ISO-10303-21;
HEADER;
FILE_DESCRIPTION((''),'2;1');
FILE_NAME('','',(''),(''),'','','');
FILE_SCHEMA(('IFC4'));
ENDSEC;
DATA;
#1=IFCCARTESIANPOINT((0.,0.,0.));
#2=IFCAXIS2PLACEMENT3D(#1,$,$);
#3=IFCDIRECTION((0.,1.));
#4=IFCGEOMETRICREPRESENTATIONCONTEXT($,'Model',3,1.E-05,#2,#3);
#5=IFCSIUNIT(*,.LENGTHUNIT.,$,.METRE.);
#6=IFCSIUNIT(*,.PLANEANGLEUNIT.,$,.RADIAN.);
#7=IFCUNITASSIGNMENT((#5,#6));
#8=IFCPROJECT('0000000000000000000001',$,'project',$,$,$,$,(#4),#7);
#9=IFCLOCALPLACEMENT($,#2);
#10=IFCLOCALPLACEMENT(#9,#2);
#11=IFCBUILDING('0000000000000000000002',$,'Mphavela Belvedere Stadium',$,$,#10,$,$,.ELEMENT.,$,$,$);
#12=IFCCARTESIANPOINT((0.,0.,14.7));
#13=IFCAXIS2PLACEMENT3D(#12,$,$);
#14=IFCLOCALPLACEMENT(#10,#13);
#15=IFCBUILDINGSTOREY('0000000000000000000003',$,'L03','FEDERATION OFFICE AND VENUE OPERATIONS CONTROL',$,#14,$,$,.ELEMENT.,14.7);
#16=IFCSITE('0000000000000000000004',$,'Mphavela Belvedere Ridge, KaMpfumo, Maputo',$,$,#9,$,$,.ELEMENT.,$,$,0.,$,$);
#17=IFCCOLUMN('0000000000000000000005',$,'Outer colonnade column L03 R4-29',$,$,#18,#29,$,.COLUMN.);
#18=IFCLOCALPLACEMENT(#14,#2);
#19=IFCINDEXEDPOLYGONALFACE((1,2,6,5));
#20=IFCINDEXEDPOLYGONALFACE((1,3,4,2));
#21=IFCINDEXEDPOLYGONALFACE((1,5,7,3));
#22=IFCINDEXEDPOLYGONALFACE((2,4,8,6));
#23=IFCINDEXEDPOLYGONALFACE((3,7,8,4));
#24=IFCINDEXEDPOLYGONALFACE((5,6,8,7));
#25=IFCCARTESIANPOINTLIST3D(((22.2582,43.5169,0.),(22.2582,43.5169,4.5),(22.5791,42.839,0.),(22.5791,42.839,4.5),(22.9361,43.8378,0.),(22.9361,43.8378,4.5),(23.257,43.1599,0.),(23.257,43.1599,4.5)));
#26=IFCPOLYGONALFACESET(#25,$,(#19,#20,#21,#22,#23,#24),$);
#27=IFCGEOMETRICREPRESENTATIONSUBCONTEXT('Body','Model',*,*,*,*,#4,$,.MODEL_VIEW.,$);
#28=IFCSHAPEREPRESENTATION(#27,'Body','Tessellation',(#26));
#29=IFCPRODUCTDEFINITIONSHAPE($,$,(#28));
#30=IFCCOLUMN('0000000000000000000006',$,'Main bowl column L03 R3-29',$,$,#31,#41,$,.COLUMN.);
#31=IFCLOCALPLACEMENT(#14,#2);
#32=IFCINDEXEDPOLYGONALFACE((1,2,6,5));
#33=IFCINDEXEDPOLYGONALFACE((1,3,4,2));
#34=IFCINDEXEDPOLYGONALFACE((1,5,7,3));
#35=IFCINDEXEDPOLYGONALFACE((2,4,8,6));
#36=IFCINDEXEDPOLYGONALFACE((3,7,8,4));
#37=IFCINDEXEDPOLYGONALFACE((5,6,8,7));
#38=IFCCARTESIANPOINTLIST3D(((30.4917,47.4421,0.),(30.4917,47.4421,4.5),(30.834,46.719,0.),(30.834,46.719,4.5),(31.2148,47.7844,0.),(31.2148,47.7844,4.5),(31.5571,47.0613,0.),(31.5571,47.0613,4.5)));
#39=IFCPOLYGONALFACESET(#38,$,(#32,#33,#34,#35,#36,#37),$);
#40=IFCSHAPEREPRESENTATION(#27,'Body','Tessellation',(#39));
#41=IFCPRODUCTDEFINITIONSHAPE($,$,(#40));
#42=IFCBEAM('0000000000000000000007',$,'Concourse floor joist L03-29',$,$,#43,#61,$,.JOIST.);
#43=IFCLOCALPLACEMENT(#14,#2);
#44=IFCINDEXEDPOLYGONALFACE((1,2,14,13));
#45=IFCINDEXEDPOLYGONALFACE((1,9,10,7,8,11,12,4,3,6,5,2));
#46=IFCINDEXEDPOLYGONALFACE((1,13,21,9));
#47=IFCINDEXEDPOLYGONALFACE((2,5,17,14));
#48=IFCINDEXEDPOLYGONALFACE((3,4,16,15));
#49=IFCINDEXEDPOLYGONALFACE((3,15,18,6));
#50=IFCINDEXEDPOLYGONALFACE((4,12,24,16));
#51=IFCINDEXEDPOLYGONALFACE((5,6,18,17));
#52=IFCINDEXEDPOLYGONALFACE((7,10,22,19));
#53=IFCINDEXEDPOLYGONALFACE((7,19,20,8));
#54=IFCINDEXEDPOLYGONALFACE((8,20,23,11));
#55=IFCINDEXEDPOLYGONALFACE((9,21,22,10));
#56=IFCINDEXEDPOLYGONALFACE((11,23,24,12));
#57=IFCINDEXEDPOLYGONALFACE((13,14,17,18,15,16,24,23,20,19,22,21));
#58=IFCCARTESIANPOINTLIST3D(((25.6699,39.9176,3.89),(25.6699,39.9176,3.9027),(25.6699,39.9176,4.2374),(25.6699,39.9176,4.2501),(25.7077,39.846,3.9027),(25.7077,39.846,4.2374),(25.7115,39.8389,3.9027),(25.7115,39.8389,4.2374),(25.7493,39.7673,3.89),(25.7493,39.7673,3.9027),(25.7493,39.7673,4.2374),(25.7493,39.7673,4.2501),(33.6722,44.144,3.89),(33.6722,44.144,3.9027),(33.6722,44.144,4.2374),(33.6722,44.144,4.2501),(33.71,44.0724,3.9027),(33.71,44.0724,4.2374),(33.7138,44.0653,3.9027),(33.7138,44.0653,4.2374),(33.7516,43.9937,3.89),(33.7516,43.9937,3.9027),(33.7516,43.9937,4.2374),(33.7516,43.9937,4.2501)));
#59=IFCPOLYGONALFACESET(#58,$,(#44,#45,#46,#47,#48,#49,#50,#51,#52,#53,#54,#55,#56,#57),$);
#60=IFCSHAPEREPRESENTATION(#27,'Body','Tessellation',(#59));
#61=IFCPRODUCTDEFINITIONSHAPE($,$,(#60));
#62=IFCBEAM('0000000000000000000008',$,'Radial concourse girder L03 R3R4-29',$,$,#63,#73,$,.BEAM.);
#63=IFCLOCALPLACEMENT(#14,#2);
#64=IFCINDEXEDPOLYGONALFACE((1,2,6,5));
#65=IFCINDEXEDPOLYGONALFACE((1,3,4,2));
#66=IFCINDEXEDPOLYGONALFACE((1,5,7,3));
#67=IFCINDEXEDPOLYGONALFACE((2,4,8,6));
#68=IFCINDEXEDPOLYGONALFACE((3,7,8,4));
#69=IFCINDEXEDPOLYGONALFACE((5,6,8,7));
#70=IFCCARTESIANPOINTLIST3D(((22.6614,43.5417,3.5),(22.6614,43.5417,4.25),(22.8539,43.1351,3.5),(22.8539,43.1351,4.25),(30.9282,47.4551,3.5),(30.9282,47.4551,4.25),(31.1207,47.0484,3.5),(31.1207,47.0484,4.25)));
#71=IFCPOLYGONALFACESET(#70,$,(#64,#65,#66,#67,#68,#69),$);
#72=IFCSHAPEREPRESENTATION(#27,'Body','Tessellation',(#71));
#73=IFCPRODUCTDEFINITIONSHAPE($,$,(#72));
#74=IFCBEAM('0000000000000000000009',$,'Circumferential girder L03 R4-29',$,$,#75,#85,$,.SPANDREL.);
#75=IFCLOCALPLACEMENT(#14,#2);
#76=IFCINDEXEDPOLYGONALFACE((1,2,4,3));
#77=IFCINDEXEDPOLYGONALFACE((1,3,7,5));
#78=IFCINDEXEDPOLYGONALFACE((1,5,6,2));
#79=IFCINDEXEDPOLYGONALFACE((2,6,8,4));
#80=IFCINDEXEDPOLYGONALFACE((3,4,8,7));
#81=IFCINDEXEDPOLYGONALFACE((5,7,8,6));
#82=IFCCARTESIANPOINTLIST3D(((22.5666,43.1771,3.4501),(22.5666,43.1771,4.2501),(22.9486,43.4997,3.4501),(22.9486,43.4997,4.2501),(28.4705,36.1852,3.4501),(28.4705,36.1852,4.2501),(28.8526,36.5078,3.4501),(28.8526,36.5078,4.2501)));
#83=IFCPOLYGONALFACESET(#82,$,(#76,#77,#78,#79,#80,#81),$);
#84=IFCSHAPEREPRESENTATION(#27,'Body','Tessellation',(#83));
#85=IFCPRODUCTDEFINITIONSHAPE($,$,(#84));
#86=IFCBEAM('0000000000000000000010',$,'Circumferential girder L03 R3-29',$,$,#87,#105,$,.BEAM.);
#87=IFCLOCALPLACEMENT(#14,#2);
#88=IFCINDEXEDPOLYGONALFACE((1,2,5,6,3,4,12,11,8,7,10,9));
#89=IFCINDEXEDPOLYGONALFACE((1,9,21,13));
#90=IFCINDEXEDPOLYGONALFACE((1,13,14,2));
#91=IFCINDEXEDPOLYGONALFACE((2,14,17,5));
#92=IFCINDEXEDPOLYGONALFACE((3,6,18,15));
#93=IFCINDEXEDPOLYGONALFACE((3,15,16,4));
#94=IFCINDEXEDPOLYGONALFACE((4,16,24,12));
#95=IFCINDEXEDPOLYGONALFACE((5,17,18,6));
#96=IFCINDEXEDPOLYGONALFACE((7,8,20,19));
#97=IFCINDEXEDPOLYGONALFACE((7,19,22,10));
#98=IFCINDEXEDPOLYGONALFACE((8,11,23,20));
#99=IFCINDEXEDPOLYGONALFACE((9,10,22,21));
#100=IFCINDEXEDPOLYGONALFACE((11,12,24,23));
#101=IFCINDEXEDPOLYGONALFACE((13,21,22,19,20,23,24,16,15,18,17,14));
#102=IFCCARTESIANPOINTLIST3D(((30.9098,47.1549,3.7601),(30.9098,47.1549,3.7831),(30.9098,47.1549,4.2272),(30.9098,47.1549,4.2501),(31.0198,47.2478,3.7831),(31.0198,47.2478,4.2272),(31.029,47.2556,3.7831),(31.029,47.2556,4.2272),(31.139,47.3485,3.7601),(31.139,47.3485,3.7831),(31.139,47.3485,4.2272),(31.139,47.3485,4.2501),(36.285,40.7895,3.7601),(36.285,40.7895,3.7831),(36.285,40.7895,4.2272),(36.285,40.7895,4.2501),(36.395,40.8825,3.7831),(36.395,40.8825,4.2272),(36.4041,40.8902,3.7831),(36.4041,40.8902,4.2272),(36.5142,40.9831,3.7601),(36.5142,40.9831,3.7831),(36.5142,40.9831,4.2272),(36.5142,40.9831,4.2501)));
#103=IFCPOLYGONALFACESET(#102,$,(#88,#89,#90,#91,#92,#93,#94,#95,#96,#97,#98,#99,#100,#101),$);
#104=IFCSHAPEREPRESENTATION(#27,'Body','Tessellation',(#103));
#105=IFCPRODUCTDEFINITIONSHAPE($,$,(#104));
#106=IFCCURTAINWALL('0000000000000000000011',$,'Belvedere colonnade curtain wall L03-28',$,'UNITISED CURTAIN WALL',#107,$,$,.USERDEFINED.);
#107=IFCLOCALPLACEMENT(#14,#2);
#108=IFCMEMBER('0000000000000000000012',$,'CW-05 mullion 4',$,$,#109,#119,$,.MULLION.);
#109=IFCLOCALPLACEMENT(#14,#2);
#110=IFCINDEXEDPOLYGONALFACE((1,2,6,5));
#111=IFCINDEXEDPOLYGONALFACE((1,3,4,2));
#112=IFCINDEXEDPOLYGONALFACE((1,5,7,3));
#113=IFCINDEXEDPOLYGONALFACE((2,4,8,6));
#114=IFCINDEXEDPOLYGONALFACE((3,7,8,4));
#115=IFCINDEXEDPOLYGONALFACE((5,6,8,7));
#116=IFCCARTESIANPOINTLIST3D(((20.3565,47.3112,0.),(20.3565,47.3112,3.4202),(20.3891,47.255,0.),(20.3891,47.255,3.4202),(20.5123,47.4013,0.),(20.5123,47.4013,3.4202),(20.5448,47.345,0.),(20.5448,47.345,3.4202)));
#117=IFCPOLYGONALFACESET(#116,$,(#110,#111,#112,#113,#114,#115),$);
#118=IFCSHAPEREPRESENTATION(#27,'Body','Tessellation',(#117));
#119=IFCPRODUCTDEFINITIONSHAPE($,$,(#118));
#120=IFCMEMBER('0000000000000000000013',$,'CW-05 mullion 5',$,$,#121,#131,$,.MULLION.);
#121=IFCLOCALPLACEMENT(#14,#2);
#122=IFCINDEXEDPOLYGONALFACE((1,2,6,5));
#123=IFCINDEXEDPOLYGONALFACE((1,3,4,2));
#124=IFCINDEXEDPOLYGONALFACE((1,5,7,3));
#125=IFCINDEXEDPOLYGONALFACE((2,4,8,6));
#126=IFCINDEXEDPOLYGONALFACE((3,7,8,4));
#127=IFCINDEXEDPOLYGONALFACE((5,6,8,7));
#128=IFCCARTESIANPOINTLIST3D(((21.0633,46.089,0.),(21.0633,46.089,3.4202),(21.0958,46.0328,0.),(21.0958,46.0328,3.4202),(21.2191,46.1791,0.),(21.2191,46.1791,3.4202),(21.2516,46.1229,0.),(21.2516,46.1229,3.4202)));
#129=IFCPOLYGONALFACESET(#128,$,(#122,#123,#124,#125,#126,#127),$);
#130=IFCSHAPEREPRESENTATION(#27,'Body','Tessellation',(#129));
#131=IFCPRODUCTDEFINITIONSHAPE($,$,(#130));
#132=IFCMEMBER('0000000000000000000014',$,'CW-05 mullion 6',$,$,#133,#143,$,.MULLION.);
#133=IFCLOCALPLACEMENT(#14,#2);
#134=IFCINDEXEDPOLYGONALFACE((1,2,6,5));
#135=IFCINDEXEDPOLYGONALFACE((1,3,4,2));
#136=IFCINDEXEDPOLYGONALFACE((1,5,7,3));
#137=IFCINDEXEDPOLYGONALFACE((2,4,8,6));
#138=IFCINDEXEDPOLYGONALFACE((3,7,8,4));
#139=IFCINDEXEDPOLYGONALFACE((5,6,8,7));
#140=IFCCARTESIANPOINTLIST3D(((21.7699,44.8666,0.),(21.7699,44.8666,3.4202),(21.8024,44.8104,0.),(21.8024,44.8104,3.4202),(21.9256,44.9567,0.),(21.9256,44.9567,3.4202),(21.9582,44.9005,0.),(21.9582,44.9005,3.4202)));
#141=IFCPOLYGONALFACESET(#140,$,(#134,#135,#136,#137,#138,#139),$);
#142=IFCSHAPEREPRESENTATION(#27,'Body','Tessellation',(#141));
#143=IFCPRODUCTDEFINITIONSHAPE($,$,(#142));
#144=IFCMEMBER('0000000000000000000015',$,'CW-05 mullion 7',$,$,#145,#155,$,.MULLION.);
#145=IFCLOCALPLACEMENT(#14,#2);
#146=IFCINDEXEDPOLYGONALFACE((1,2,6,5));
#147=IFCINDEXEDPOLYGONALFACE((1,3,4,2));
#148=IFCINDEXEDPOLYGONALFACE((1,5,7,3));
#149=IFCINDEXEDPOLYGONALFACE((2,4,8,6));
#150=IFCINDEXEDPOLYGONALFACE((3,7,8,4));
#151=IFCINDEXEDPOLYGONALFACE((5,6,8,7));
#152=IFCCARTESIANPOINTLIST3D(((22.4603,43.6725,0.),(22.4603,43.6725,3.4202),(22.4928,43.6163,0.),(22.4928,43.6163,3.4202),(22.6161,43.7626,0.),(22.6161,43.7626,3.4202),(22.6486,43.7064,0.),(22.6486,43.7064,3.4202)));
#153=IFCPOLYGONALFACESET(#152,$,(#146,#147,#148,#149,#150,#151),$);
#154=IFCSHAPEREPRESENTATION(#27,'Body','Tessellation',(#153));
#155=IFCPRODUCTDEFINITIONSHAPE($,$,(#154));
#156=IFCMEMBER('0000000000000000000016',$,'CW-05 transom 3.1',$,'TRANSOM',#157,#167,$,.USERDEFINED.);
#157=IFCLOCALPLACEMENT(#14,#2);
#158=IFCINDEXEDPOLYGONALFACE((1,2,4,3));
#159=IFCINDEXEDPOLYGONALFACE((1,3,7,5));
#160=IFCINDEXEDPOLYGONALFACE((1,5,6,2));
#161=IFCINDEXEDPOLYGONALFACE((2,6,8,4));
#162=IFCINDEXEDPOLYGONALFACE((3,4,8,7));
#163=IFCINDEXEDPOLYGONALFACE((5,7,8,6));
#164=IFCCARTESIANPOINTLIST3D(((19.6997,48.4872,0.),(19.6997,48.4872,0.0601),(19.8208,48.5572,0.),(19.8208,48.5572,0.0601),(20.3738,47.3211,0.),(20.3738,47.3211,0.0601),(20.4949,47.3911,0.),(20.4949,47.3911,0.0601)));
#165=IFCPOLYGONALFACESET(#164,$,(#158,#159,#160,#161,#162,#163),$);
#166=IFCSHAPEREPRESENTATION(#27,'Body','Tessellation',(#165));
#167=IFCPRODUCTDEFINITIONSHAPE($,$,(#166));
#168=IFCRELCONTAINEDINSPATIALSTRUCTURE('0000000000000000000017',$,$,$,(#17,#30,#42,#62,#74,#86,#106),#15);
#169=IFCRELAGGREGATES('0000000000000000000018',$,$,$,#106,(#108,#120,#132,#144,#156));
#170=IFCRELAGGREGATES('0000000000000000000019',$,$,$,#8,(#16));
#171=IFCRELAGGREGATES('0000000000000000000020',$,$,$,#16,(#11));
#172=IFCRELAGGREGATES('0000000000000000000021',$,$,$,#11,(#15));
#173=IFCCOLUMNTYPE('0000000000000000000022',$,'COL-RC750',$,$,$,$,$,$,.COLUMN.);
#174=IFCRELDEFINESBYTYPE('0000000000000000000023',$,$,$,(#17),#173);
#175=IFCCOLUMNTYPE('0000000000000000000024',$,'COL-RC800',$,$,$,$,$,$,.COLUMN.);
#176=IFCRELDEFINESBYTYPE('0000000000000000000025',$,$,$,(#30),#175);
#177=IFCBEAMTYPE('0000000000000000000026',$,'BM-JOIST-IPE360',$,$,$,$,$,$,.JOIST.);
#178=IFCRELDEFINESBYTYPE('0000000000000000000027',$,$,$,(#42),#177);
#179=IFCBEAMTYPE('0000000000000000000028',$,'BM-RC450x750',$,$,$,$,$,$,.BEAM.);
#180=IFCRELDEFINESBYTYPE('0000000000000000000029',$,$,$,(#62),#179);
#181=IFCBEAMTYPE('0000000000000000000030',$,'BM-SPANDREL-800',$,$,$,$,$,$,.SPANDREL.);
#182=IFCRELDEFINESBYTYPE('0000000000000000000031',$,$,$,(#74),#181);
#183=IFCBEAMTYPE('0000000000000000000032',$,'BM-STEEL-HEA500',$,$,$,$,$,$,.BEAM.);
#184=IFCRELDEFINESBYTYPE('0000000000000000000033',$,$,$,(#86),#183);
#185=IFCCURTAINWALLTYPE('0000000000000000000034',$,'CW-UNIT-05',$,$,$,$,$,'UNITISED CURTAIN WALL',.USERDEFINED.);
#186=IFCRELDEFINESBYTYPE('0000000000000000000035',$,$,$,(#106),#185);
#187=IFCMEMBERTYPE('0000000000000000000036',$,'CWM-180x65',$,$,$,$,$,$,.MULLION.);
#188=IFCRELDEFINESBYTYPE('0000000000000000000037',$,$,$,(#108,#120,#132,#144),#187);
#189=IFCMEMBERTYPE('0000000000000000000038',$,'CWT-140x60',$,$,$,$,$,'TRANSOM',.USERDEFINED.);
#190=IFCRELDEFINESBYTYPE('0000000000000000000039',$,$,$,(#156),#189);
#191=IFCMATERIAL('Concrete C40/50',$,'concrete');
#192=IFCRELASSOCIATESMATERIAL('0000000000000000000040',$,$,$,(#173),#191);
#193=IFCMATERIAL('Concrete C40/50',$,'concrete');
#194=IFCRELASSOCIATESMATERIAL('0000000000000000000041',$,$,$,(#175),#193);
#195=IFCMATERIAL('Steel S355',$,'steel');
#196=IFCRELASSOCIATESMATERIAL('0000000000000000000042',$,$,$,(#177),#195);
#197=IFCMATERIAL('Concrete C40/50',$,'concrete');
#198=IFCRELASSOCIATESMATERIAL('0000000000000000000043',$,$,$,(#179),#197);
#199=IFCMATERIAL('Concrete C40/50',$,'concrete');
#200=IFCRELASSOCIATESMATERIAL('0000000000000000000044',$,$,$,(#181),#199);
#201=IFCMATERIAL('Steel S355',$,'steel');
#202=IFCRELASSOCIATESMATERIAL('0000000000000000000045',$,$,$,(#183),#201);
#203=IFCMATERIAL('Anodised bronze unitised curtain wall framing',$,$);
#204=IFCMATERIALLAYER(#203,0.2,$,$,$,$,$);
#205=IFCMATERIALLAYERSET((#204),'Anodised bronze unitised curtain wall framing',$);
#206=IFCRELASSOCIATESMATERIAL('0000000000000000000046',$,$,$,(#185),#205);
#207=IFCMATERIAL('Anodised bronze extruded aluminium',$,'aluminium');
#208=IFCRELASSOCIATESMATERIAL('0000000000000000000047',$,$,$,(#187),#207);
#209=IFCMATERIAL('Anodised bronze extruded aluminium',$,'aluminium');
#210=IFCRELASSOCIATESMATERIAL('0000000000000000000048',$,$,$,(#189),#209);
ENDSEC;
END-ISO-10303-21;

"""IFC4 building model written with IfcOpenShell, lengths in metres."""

from ifc_helpers import new_model, si_unit, direction, frame, origin, origin_2d, place, context, subcontext, project, spatial, rectangle, i_section, extrude, material, layer, layer_set, material_profile, profile_set, type_object, element, aggregate, save


model = new_model("IFC4")

# Units and contexts
model_context = context("Model", 3, precision=1e-05, world=origin(), true_north=direction((0.0, 1.0)))
body_context = subcontext(model_context, "Body", "Model", "MODEL_VIEW")
ifc_project = project(units=[si_unit("LENGTHUNIT", "METRE"), si_unit("PLANEANGLEUNIT", "RADIAN")], contexts=[model_context])

# Site, building, storey
site_placement = place(None, origin())
site = spatial("IfcSite", under=ifc_project, at=site_placement, Name="Mphavela Belvedere Ridge, KaMpfumo, Maputo", CompositionType="ELEMENT", RefElevation=0.0)
building_placement = place(site_placement, origin())
building = spatial("IfcBuilding", under=site, at=building_placement, Name="Mphavela Belvedere Stadium", CompositionType="ELEMENT")
storey_placement = place(building_placement, frame((0.0, 0.0, 14.7)))
storey = spatial("IfcBuildingStorey", under=building, at=storey_placement, Name="L03", Description="FEDERATION OFFICE AND VENUE OPERATIONS CONTROL", CompositionType="ELEMENT", Elevation=14.7)

# Columns
ifc_material_1 = material(Name="Concrete C40/50", Category="concrete")
ifc_material_profile_1 = material_profile(ifc_material_1, rectangle(XDim=0.75, YDim=0.75, at=origin_2d()), Name="RC 750x750")
ifc_profile_set_1 = profile_set([ifc_material_profile_1], Name="Concrete C40/50")
column_type_1 = type_object("IfcColumnType", Name="COL-RC750", PredefinedType="COLUMN", material=ifc_profile_set_1)
column_1_placement = place(storey_placement, frame((22.7576, 43.3384, 0.0), z_axis=(0.0, 0.0, 1.0), x_axis=(-0.903859, -0.427831, 0.0)))
element("IfcColumn", 1, at=column_1_placement, inside=storey, type_object=column_type_1, Name="Outer colonnade column L03 R4-29", PredefinedType="COLUMN", context=body_context, shape_type="SweptSolid", body=[
    extrude(rectangle(XDim=0.75, YDim=0.75, at=origin_2d()), origin(), (0.0, 0.0, 1.0), 4.5),
])
ifc_material_2 = material(Name="Concrete C40/50", Category="concrete")
ifc_material_profile_2 = material_profile(ifc_material_2, rectangle(XDim=0.8, YDim=0.8, at=origin_2d()), Name="RC 800x800")
ifc_profile_set_2 = profile_set([ifc_material_profile_2], Name="Concrete C40/50")
column_type_2 = type_object("IfcColumnType", Name="COL-RC800", PredefinedType="COLUMN", material=ifc_profile_set_2)
column_2_placement = place(storey_placement, frame((31.0244, 47.2517, 0.0), z_axis=(0.0, 0.0, 1.0), x_axis=(-0.903859, -0.427831, 0.0)))
element("IfcColumn", 2, at=column_2_placement, inside=storey, type_object=column_type_2, Name="Main bowl column L03 R3-29", PredefinedType="COLUMN", context=body_context, shape_type="SweptSolid", body=[
    extrude(rectangle(XDim=0.8, YDim=0.8, at=origin_2d()), origin(), (0.0, 0.0, 1.0), 4.5),
])

# Beams
ifc_material_3 = material(Name="Steel S355", Category="steel")
ifc_material_profile_3 = material_profile(ifc_material_3, i_section(OverallWidth=0.1699, OverallDepth=0.3601, WebThickness=0.0081, FlangeThickness=0.0127, at=origin_2d()), Name="IPE 360")
ifc_profile_set_3 = profile_set([ifc_material_profile_3], Name="Steel S355")
beam_type_1 = type_object("IfcBeamType", Name="BM-JOIST-IPE360", PredefinedType="JOIST", material=ifc_profile_set_3)
beam_1_placement = place(storey_placement, frame((33.7119, 44.0688, 4.0701), z_axis=(-0.884251, -0.467012, 0.0), x_axis=(0.467012, -0.884251, 0.0)))
element("IfcBeam", 3, at=beam_1_placement, inside=storey, type_object=beam_type_1, Name="Concourse floor joist L03-29", PredefinedType="JOIST", context=body_context, shape_type="SweptSolid", body=[
    extrude(i_section(OverallWidth=0.1699, OverallDepth=0.3601, WebThickness=0.0081, FlangeThickness=0.0127, at=origin_2d()), origin(), (0.0, 0.0, 1.0), 9.0498),
])
ifc_material_4 = material(Name="Concrete C40/50", Category="concrete")
ifc_material_profile_4 = material_profile(ifc_material_4, rectangle(XDim=0.45, YDim=0.75, at=origin_2d()), Name="RC 450x750")
ifc_profile_set_4 = profile_set([ifc_material_profile_4], Name="Concrete C40/50")
beam_type_2 = type_object("IfcBeamType", Name="BM-RC450x750", PredefinedType="BEAM", material=ifc_profile_set_4)
beam_2_placement = place(storey_placement, frame((31.0244, 47.2517, 3.875), z_axis=(-0.903845, -0.427859, 0.0), x_axis=(0.427859, -0.903845, 0.0)))
element("IfcBeam", 4, at=beam_2_placement, inside=storey, type_object=beam_type_2, Name="Radial concourse girder L03 R3R4-29", PredefinedType="BEAM", context=body_context, shape_type="SweptSolid", body=[
    extrude(rectangle(XDim=0.45, YDim=0.75, at=origin_2d()), origin(), (0.0, 0.0, 1.0), 9.1462),
])
ifc_material_5 = material(Name="Concrete C40/50", Category="concrete")
ifc_material_profile_5 = material_profile(ifc_material_5, rectangle(XDim=0.5, YDim=0.8, at=origin_2d()), Name="RC 500x800")
ifc_profile_set_5 = profile_set([ifc_material_profile_5], Name="Concrete C40/50")
beam_type_3 = type_object("IfcBeamType", Name="BM-SPANDREL-800", PredefinedType="SPANDREL", material=ifc_profile_set_5)
beam_3_placement = place(storey_placement, frame((22.7576, 43.3384, 3.8501), z_axis=(0.645165, -0.764044, 0.0), x_axis=(0.764044, 0.645165, 0.0)))
element("IfcBeam", 5, at=beam_3_placement, inside=storey, type_object=beam_type_3, Name="Circumferential girder L03 R4-29", PredefinedType="SPANDREL", context=body_context, shape_type="SweptSolid", body=[
    extrude(rectangle(XDim=0.5, YDim=0.8, at=origin_2d()), origin(), (0.0, 0.0, 1.0), 9.1511),
])
ifc_material_6 = material(Name="Steel S355", Category="steel")
ifc_material_profile_6 = material_profile(ifc_material_6, i_section(OverallWidth=0.3, OverallDepth=0.49, WebThickness=0.012, FlangeThickness=0.0229, at=origin_2d()), Name="HEA 500")
ifc_profile_set_6 = profile_set([ifc_material_profile_6], Name="Steel S355")
beam_type_4 = type_object("IfcBeamType", Name="BM-STEEL-HEA500", PredefinedType="BEAM", material=ifc_profile_set_6)
beam_4_placement = place(storey_placement, frame((31.0244, 47.2517, 4.0051), z_axis=(0.645177, -0.764033, 0.0), x_axis=(0.764033, 0.645177, 0.0)))
element("IfcBeam", 6, at=beam_4_placement, inside=storey, type_object=beam_type_4, Name="Circumferential girder L03 R3-29", PredefinedType="BEAM", context=body_context, shape_type="SweptSolid", body=[
    extrude(i_section(OverallWidth=0.3, OverallDepth=0.49, WebThickness=0.012, FlangeThickness=0.0229, at=origin_2d()), origin(), (0.0, 0.0, 1.0), 8.3313),
])

# Curtain wall, members
ifc_material_7 = material(Name="Anodised bronze unitised curtain wall framing")
ifc_layer_1 = layer(ifc_material_7, 0.2)
ifc_layer_set_1 = layer_set([ifc_layer_1], Name="Anodised bronze unitised curtain wall framing")
curtain_wall_type = type_object("IfcCurtainWallType", Name="CW-UNIT-05", ElementType="UNITISED CURTAIN WALL", PredefinedType="USERDEFINED", material=ifc_layer_set_1)
curtain_wall_placement = place(storey_placement, origin())
curtain_wall = element("IfcCurtainWall", 7, at=curtain_wall_placement, inside=storey, type_object=curtain_wall_type, Name="Belvedere colonnade curtain wall L03-28", ObjectType="UNITISED CURTAIN WALL", PredefinedType="USERDEFINED")
ifc_material_8 = material(Name="Anodised bronze extruded aluminium", Category="aluminium")
ifc_material_profile_7 = material_profile(ifc_material_8, rectangle(XDim=0.1799, YDim=0.0649, at=origin_2d()), Name="CW-MUL 180x65")
ifc_profile_set_7 = profile_set([ifc_material_profile_7], Name="Anodised bronze extruded aluminium")
member_type_1 = type_object("IfcMemberType", Name="CWM-180x65", PredefinedType="MULLION", material=ifc_profile_set_7)
member_1_placement = place(storey_placement, frame((20.4507, 47.3281, 0.0), z_axis=(0.0, 0.0, 1.0), x_axis=(0.865705, 0.500554, 0.0)))
member_1 = element("IfcMember", 8, at=member_1_placement, type_object=member_type_1, Name="CW-05 mullion 4", PredefinedType="MULLION", context=body_context, shape_type="SweptSolid", body=[
    extrude(rectangle(XDim=0.1799, YDim=0.0649, at=origin_2d()), origin(), (0.0, 0.0, 1.0), 3.4202),
])
member_2_placement = place(storey_placement, frame((21.1575, 46.106, 0.0), z_axis=(0.0, 0.0, 1.0), x_axis=(0.865705, 0.500554, 0.0)))
member_2 = element("IfcMember", 9, at=member_2_placement, type_object=member_type_1, Name="CW-05 mullion 5", PredefinedType="MULLION", context=body_context, shape_type="SweptSolid", body=[
    extrude(rectangle(XDim=0.1799, YDim=0.0649, at=origin_2d()), origin(), (0.0, 0.0, 1.0), 3.4202),
])
member_3_placement = place(storey_placement, frame((21.864, 44.8835, 0.0), z_axis=(0.0, 0.0, 1.0), x_axis=(0.865705, 0.500554, 0.0)))
member_3 = element("IfcMember", 10, at=member_3_placement, type_object=member_type_1, Name="CW-05 mullion 6", PredefinedType="MULLION", context=body_context, shape_type="SweptSolid", body=[
    extrude(rectangle(XDim=0.1799, YDim=0.0649, at=origin_2d()), origin(), (0.0, 0.0, 1.0), 3.4202),
])
member_4_placement = place(storey_placement, frame((22.5544, 43.6895, 0.0), z_axis=(0.0, 0.0, 1.0), x_axis=(0.865705, 0.500554, 0.0)))
member_4 = element("IfcMember", 11, at=member_4_placement, type_object=member_type_1, Name="CW-05 mullion 7", PredefinedType="MULLION", context=body_context, shape_type="SweptSolid", body=[
    extrude(rectangle(XDim=0.1799, YDim=0.0649, at=origin_2d()), origin(), (0.0, 0.0, 1.0), 3.4202),
])
ifc_material_9 = material(Name="Anodised bronze extruded aluminium", Category="aluminium")
ifc_material_profile_8 = material_profile(ifc_material_9, rectangle(XDim=0.1399, YDim=0.0601, at=origin_2d()), Name="CW-TRN 140x60")
ifc_profile_set_8 = profile_set([ifc_material_profile_8], Name="Anodised bronze extruded aluminium")
member_type_2 = type_object("IfcMemberType", Name="CWT-140x60", ElementType="TRANSOM", PredefinedType="USERDEFINED", material=ifc_profile_set_8)
member_5_placement = place(storey_placement, frame((19.7603, 48.5222, 0.03), z_axis=(0.500486, -0.865745, 0.0), x_axis=(0.865745, 0.500486, 0.0)))
member_5 = element("IfcMember", 12, at=member_5_placement, type_object=member_type_2, Name="CW-05 transom 3.1", ObjectType="TRANSOM", PredefinedType="USERDEFINED", context=body_context, shape_type="SweptSolid", body=[
    extrude(rectangle(XDim=0.1399, YDim=0.0601, at=origin_2d()), origin(), (0.0, 0.0, 1.0), 1.3469),
])
aggregate(curtain_wall, [member_1, member_2, member_3, member_4, member_5])

save(model, "model.ifc")
